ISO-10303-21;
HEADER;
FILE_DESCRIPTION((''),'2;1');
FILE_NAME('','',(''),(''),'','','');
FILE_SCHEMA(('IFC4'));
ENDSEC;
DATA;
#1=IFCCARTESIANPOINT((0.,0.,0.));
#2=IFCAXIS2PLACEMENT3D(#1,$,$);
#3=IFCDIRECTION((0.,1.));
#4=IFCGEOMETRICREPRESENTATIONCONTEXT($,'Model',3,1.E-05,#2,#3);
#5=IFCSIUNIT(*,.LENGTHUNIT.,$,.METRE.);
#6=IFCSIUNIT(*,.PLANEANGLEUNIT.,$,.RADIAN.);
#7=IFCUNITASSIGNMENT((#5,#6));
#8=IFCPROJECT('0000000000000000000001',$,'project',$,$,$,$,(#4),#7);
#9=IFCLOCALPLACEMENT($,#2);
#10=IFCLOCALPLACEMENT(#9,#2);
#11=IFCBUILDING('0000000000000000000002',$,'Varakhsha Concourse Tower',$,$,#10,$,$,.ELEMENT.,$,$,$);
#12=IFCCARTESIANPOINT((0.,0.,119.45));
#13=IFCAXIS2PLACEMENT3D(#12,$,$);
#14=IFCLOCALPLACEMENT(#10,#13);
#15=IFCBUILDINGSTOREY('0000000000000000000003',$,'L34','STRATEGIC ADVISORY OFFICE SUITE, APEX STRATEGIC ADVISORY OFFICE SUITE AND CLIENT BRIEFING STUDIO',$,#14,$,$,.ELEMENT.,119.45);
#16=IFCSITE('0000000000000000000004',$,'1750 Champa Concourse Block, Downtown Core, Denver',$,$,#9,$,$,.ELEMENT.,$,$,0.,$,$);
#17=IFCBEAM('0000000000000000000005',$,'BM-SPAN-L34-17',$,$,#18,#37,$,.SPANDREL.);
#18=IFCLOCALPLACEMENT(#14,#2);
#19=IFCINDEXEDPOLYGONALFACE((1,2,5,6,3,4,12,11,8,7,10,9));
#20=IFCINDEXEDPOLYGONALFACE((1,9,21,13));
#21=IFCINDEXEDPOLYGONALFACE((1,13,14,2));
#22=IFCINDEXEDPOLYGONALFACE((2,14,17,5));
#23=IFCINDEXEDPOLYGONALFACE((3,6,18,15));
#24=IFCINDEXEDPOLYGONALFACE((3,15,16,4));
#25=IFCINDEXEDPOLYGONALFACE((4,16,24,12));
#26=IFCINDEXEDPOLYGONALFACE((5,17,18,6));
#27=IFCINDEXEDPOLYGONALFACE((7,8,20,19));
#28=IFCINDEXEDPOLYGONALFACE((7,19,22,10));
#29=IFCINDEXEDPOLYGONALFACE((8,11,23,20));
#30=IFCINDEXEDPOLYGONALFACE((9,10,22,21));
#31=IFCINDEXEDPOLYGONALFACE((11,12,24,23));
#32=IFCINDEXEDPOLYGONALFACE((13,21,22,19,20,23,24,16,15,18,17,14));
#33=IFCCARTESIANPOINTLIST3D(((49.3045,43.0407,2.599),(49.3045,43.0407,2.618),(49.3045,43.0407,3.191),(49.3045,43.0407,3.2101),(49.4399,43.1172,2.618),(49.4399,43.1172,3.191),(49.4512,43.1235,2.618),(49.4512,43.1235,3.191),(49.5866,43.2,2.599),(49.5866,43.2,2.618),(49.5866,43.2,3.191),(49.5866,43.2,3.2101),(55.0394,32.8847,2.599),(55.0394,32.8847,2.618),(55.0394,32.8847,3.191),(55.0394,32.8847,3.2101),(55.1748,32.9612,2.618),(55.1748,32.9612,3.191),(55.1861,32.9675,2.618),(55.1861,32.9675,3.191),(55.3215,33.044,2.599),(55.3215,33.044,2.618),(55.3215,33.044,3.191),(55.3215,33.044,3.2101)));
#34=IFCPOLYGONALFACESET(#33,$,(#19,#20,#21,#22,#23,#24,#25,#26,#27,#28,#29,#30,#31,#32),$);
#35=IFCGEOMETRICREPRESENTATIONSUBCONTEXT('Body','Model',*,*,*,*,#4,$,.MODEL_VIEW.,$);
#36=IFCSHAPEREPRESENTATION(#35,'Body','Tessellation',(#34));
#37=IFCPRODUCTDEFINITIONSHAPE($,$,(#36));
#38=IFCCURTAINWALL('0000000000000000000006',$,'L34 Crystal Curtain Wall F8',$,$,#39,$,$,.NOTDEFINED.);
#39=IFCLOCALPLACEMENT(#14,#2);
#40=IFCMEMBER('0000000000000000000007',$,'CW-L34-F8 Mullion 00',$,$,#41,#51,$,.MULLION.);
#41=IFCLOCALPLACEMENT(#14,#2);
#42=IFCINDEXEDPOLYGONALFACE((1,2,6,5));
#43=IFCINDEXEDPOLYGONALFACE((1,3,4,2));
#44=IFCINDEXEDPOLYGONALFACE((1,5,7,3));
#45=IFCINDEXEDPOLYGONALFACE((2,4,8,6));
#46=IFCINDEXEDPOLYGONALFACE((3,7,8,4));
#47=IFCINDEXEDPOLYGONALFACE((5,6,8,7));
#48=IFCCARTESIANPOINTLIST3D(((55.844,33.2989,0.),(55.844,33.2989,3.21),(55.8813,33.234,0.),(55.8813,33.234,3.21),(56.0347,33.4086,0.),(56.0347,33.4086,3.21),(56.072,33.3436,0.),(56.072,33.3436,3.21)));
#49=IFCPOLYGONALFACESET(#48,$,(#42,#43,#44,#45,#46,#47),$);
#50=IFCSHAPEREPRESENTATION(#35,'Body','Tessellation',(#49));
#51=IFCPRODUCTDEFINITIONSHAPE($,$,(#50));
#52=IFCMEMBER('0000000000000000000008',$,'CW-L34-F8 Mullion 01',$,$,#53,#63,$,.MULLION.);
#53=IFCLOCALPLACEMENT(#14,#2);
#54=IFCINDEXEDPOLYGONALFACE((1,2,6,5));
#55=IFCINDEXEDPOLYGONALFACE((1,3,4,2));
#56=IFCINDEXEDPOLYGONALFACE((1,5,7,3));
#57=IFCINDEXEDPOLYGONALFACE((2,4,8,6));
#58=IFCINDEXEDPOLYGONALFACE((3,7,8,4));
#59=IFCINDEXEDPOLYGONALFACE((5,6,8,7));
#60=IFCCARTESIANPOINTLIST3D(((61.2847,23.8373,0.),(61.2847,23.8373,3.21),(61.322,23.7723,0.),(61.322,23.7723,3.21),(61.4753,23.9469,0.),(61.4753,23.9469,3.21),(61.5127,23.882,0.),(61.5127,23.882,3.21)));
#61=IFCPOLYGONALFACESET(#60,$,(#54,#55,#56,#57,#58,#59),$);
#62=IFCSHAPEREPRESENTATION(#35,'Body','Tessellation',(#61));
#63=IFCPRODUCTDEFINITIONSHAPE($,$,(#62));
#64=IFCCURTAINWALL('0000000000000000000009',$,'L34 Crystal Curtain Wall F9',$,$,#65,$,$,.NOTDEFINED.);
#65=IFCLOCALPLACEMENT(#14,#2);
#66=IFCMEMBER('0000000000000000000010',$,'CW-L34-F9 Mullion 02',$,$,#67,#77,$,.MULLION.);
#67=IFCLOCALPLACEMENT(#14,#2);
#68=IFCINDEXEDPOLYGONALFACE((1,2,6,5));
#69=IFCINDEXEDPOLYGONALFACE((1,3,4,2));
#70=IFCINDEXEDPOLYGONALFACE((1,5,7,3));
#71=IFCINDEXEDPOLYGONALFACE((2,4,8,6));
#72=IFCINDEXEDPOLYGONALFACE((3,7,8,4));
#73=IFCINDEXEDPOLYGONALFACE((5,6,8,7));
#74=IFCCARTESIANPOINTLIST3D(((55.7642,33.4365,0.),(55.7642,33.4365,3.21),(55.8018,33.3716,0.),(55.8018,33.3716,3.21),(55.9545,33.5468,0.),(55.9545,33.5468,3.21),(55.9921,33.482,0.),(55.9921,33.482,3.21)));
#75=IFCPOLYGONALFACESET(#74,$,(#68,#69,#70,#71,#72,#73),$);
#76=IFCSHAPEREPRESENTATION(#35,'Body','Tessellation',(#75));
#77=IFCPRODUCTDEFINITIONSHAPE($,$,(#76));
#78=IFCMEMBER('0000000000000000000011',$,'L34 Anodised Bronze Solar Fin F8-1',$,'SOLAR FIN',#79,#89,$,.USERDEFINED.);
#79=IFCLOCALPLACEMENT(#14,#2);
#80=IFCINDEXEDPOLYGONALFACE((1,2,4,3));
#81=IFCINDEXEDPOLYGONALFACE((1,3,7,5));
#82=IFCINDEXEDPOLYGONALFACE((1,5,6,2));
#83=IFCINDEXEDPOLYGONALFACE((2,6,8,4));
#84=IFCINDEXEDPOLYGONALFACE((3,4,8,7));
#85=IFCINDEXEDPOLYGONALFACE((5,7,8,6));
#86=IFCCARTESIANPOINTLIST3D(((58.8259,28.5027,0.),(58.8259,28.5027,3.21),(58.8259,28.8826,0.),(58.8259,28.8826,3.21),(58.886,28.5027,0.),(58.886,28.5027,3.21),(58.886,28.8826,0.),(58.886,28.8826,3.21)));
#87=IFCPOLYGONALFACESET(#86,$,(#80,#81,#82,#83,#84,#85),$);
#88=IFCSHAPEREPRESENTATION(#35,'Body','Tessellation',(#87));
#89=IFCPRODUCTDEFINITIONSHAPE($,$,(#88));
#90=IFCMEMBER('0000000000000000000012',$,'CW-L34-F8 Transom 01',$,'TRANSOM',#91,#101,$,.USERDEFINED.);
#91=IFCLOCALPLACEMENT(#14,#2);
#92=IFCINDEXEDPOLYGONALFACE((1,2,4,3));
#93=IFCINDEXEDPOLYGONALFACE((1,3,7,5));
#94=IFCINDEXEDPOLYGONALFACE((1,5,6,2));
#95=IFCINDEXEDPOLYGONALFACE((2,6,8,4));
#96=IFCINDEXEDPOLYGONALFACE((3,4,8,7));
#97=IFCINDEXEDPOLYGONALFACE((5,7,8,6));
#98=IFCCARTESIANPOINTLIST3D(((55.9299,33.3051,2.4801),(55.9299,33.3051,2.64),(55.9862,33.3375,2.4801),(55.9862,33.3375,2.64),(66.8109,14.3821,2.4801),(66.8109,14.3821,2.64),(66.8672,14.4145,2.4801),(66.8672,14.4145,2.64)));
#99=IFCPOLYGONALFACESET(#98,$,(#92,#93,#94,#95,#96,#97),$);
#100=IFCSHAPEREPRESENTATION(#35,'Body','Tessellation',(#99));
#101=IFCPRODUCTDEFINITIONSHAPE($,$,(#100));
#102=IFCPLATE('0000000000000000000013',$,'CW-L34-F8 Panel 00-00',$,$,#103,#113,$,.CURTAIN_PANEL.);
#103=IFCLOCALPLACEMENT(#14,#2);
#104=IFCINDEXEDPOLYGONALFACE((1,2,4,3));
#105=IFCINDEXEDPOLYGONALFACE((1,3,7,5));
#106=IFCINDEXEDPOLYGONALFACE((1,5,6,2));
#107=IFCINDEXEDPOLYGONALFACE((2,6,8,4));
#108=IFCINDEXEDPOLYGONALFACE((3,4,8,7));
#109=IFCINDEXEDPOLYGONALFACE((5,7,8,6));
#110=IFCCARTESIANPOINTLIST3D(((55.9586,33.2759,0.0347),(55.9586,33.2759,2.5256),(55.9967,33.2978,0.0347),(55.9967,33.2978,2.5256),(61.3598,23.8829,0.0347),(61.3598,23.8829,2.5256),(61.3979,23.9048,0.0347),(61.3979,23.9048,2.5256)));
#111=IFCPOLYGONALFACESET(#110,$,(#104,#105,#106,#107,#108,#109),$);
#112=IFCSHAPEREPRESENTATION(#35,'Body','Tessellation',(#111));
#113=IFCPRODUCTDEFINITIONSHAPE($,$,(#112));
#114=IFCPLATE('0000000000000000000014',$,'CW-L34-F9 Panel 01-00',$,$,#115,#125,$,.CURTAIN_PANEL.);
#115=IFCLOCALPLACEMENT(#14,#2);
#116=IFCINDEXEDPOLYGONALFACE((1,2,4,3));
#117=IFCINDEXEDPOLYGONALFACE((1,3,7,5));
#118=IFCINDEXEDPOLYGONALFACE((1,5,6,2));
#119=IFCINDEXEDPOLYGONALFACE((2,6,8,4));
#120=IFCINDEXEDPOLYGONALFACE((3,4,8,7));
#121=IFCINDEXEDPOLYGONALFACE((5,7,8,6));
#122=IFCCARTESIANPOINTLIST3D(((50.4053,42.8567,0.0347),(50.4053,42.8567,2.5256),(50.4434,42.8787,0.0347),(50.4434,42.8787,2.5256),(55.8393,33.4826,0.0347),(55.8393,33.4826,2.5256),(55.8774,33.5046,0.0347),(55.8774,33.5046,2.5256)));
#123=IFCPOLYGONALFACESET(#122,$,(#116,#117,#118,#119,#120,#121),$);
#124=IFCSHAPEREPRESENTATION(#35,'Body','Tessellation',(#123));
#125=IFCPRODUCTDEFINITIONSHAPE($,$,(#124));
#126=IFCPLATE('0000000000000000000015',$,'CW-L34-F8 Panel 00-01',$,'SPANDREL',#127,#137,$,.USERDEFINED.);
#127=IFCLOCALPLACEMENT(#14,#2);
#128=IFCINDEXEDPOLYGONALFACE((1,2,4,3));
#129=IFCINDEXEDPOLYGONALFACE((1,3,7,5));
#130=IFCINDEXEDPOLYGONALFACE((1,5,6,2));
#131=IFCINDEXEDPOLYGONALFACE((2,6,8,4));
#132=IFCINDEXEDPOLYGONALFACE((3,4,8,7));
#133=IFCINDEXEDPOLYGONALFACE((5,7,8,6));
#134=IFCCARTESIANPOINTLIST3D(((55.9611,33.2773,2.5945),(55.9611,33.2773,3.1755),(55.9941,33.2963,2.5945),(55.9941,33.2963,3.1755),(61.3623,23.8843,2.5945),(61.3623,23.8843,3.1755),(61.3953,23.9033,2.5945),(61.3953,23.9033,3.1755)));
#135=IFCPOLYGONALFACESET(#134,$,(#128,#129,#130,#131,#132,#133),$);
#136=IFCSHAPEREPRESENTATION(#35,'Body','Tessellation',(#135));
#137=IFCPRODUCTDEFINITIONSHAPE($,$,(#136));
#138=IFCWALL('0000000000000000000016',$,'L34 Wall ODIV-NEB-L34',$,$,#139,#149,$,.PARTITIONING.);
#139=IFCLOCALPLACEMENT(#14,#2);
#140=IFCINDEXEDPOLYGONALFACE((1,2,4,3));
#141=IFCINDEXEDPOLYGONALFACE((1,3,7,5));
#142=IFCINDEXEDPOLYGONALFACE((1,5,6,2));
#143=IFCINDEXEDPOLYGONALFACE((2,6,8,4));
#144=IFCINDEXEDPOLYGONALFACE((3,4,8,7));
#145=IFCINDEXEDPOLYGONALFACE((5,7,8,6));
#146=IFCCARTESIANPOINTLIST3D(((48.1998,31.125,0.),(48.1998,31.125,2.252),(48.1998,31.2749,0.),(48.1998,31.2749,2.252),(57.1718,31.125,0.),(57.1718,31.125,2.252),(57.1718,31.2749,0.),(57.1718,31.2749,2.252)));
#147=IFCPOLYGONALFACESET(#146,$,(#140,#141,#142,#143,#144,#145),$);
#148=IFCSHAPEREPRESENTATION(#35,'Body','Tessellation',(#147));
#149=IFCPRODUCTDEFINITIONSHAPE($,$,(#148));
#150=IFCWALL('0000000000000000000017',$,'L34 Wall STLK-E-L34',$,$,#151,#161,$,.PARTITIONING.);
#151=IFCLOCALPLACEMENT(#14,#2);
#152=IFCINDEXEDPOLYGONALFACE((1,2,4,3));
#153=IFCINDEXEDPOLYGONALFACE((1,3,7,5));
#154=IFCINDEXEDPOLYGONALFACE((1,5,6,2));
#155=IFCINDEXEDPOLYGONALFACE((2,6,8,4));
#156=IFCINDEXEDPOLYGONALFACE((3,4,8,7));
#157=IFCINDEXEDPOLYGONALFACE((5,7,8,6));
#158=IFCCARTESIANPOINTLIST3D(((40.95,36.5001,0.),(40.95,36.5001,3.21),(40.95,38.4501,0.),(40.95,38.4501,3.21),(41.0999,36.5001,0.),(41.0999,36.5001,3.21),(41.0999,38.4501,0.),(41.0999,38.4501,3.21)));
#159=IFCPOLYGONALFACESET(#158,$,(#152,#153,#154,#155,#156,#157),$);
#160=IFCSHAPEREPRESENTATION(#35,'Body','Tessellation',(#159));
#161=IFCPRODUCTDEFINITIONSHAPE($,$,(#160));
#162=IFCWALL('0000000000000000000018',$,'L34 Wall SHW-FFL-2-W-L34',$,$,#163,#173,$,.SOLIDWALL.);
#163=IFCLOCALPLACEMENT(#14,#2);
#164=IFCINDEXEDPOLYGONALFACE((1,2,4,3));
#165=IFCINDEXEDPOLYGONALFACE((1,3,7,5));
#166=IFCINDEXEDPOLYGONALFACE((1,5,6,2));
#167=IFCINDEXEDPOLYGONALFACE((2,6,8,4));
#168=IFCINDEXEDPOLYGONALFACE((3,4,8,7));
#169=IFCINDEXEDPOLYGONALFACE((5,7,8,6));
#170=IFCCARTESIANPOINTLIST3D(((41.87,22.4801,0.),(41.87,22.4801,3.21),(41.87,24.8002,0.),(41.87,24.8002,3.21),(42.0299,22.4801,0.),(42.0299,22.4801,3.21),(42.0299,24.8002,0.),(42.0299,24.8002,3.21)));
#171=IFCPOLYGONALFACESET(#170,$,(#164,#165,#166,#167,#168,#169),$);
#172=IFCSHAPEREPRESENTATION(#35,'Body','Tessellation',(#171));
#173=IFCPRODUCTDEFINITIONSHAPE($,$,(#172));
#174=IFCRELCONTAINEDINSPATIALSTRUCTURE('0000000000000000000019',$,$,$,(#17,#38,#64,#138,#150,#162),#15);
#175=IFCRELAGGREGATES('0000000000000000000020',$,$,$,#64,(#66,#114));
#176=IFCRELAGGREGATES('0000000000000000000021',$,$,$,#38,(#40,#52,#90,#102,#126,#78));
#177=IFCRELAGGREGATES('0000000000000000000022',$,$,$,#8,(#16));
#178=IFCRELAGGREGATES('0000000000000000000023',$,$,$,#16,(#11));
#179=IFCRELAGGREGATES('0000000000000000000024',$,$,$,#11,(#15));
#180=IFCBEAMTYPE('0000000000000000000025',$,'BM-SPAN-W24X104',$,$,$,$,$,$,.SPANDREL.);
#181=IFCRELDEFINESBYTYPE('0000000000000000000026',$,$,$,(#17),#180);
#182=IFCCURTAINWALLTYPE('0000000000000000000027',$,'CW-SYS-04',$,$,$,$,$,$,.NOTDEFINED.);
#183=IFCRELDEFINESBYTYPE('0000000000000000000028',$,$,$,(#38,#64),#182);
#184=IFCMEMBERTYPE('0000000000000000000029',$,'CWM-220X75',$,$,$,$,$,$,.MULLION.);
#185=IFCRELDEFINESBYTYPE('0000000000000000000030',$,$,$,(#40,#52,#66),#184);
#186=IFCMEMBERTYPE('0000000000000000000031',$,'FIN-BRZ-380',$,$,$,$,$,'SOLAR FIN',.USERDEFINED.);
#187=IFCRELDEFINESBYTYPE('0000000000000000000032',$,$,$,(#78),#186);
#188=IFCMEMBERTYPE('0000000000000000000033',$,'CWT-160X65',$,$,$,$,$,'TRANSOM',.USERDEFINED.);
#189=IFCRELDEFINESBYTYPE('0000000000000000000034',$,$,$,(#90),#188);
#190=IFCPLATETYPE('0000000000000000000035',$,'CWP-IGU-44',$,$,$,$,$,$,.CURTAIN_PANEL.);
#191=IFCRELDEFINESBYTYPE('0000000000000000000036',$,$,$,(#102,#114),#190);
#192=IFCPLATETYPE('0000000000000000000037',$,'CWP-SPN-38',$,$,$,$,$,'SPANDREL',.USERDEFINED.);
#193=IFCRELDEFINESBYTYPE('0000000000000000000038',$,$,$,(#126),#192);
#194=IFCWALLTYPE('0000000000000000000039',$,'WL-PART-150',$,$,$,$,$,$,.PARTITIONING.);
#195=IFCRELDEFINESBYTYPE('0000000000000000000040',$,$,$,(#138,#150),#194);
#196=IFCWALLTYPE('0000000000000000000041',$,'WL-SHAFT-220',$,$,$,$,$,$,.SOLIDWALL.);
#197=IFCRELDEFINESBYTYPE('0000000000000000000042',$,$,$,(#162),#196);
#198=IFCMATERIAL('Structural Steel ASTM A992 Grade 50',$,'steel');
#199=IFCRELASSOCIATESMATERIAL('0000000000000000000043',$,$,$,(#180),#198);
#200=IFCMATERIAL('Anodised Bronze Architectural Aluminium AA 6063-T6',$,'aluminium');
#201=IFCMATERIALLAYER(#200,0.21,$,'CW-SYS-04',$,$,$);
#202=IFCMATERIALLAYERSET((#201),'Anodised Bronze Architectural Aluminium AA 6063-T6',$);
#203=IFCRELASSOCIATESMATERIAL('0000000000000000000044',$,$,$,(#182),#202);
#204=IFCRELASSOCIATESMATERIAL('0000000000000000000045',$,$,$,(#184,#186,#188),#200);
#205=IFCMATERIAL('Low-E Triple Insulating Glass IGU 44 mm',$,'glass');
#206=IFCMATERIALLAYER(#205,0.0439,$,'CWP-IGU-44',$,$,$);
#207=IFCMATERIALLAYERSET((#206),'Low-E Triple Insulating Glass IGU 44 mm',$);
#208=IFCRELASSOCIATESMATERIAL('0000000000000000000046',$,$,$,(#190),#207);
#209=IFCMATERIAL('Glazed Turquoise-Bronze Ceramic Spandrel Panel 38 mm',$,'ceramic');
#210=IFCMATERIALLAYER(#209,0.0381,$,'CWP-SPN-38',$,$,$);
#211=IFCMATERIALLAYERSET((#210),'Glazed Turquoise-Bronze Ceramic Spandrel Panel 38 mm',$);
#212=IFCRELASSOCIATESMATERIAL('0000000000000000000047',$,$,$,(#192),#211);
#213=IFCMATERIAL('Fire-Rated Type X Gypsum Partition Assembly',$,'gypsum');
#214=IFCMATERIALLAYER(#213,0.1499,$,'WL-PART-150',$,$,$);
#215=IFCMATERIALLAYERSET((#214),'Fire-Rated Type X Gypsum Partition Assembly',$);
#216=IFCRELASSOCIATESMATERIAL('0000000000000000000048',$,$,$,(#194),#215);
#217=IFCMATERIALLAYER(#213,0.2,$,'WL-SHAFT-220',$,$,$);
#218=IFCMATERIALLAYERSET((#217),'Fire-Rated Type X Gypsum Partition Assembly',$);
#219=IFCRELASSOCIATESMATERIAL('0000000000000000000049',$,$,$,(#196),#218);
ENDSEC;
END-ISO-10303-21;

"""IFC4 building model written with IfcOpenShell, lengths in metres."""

from ifc_helpers import new_model, si_unit, direction, frame, frame_2d, origin, origin_2d, place, context, subcontext, project, spatial, rectangle, i_section, extrude, source, transform, mapped, material, layer, layer_set, material_profile, profile_set, type_object, type_shapes, element, aggregate, save


model = new_model("IFC4")

# Units and contexts
model_context = context("Model", 3, precision=1e-05, world=origin(), true_north=direction((0.0, 1.0)))
body_context = subcontext(model_context, "Body", "Model", "MODEL_VIEW")
ifc_project = project(units=[si_unit("LENGTHUNIT", "METRE"), si_unit("PLANEANGLEUNIT", "RADIAN")], contexts=[model_context])

# Site, building, storey
site_placement = place(None, origin())
site = spatial("IfcSite", under=ifc_project, at=site_placement, Name="1750 Champa Concourse Block, Downtown Core, Denver", CompositionType="ELEMENT", RefElevation=0.0)
building_placement = place(site_placement, origin())
building = spatial("IfcBuilding", under=site, at=building_placement, Name="Varakhsha Concourse Tower", CompositionType="ELEMENT")
storey_placement = place(building_placement, frame((0.0, 0.0, 119.45)))
storey = spatial("IfcBuildingStorey", under=building, at=storey_placement, Name="L34", Description="STRATEGIC ADVISORY OFFICE SUITE, APEX STRATEGIC ADVISORY OFFICE SUITE AND CLIENT BRIEFING STUDIO", CompositionType="ELEMENT", Elevation=119.45)

# Shared definitions
ifc_material_1 = material(Name="Structural Steel ASTM A992 Grade 50", Category="steel")

# Beam
ifc_material_profile_1 = material_profile(ifc_material_1, i_section(OverallWidth=0.324, OverallDepth=0.6111, WebThickness=0.0129, FlangeThickness=0.019, at=origin_2d()), Name="W24X104")
ifc_profile_set_1 = profile_set([ifc_material_profile_1], Name="Structural Steel ASTM A992 Grade 50")
beam_type_1 = type_object("IfcBeamType", Name="BM-SPAN-W24X104", PredefinedType="SPANDREL", material=ifc_profile_set_1)
for number, where, z_axis, x_axis, name in (
    (1, (55.1804, 32.9644, 2.9045), (-0.491701, 0.870764, 0.0), (-0.870764, -0.491701, 0.0), "BM-SPAN-L34-17"),
):
    element("IfcBeam", number, at=place(storey_placement, frame(where, z_axis=z_axis, x_axis=x_axis)), inside=storey, type_object=beam_type_1, Name=name, PredefinedType="SPANDREL", context=body_context, shape_type="SweptSolid", body=[
        extrude(i_section(OverallWidth=0.324, OverallDepth=0.6111, WebThickness=0.0129, FlangeThickness=0.019, at=origin_2d()), origin(), (0.0, 0.0, 1.0), 11.6633),
    ])

# Curtain wall, members
ifc_material_2 = material(Name="Anodised Bronze Architectural Aluminium AA 6063-T6", Category="aluminium")
ifc_layer_1 = layer(ifc_material_2, 0.21, Name="CW-SYS-04")
ifc_layer_set_1 = layer_set([ifc_layer_1], Name="Anodised Bronze Architectural Aluminium AA 6063-T6")
curtain_wall_type = type_object("IfcCurtainWallType", Name="CW-SYS-04", PredefinedType="NOTDEFINED", material=ifc_layer_set_1)
curtain_wall_1_placement = place(storey_placement, origin())
curtain_wall_1 = element("IfcCurtainWall", 2, at=curtain_wall_1_placement, inside=storey, type_object=curtain_wall_type, Name="L34 Crystal Curtain Wall F8", PredefinedType="NOTDEFINED")
ifc_material_profile_2 = material_profile(ifc_material_2, rectangle(XDim=0.075, YDim=0.22, at=origin_2d()), Name="CWM-220X75")
ifc_profile_set_2 = profile_set([ifc_material_profile_2], Name="Anodised Bronze Architectural Aluminium AA 6063-T6")
member_type_1 = type_object("IfcMemberType", Name="CWM-220X75", PredefinedType="MULLION", material=ifc_profile_set_2)
shared_shape_1 = source(origin(), body_context, "Body", "SweptSolid", [
    extrude(rectangle(XDim=0.075, YDim=0.22, at=origin_2d()), origin(), (0.0, 0.0, 1.0), 3.21),
])
type_shapes(member_type_1, [shared_shape_1])
member_1_placement = place(storey_placement, frame((55.958, 33.3213, 0.0), z_axis=(0.0, 0.0, 1.0), x_axis=(0.498489, -0.866896, 0.0)))
member_1 = element("IfcMember", 3, at=member_1_placement, type_object=member_type_1, Name="CW-L34-F8 Mullion 00", PredefinedType="MULLION", context=body_context, shape_type="MappedRepresentation", body=[
    mapped(shared_shape_1, transform((0.0, 0.0, 0.0), scale=1.0)),
])
member_2_placement = place(storey_placement, frame((61.3987, 23.8596, 0.0), z_axis=(0.0, 0.0, 1.0), x_axis=(0.498489, -0.866896, 0.0)))
member_2 = element("IfcMember", 4, at=member_2_placement, type_object=member_type_1, Name="CW-L34-F8 Mullion 01", PredefinedType="MULLION", context=body_context, shape_type="MappedRepresentation", body=[
    mapped(shared_shape_1, transform((0.0, 0.0, 0.0), scale=1.0)),
])

# Curtain wall, member
curtain_wall_2_placement = place(storey_placement, origin())
curtain_wall_2 = element("IfcCurtainWall", 5, at=curtain_wall_2_placement, inside=storey, type_object=curtain_wall_type, Name="L34 Crystal Curtain Wall F9", PredefinedType="NOTDEFINED")
member_3_placement = place(storey_placement, frame((55.8782, 33.4592, 0.0), z_axis=(0.0, 0.0, 1.0), x_axis=(0.501514, -0.86515, 0.0)))
member_3 = element("IfcMember", 6, at=member_3_placement, type_object=member_type_1, Name="CW-L34-F9 Mullion 02", PredefinedType="MULLION", context=body_context, shape_type="MappedRepresentation", body=[
    mapped(shared_shape_1, transform((0.0, 0.0, 0.0), scale=1.0)),
])

# Members
ifc_material_profile_3 = material_profile(ifc_material_2, rectangle(XDim=0.0601, YDim=0.3799, at=origin_2d()), Name="FIN-BRZ-380")
ifc_profile_set_3 = profile_set([ifc_material_profile_3], Name="Anodised Bronze Architectural Aluminium AA 6063-T6")
member_type_2 = type_object("IfcMemberType", Name="FIN-BRZ-380", ElementType="SOLAR FIN", PredefinedType="USERDEFINED", material=ifc_profile_set_3)
shared_shape_2 = source(origin(), body_context, "Body", "SweptSolid", [
    extrude(rectangle(XDim=0.0601, YDim=0.3799, at=origin_2d()), origin(), (0.0, 0.0, 1.0), 3.21),
])
type_shapes(member_type_2, [shared_shape_2])
member_4_placement = place(storey_placement, frame((58.856, 28.6926, 0.0), z_axis=(0.0, 0.0, 1.0), x_axis=(1.0, 0.0, 0.0)))
member_4 = element("IfcMember", 7, at=member_4_placement, type_object=member_type_2, Name="L34 Anodised Bronze Solar Fin F8-1", ObjectType="SOLAR FIN", PredefinedType="USERDEFINED", context=body_context, shape_type="MappedRepresentation", body=[
    mapped(shared_shape_2, transform((0.0, 0.0, 0.0), scale=1.0)),
])
ifc_material_profile_4 = material_profile(ifc_material_2, rectangle(XDim=0.0649, YDim=0.1599, at=origin_2d()), Name="CWT-160X65")
ifc_profile_set_4 = profile_set([ifc_material_profile_4], Name="Anodised Bronze Architectural Aluminium AA 6063-T6")
member_type_3 = type_object("IfcMemberType", Name="CWT-160X65", ElementType="TRANSOM", PredefinedType="USERDEFINED", material=ifc_profile_set_4)
shared_shape_3 = source(origin(), body_context, "Body", "SweptSolid", [
    extrude(rectangle(XDim=0.0649, YDim=0.1599, at=origin_2d()), origin(), (0.0, 0.0, 1.0), 21.8284),
])
type_shapes(member_type_3, [shared_shape_3])
member_5_placement = place(storey_placement, frame((55.958, 33.3213, 2.5601), z_axis=(0.498482, -0.8669, 0.0), x_axis=(0.8669, 0.498482, 0.0)))
member_5 = element("IfcMember", 8, at=member_5_placement, type_object=member_type_3, Name="CW-L34-F8 Transom 01", ObjectType="TRANSOM", PredefinedType="USERDEFINED", context=body_context, shape_type="MappedRepresentation", body=[
    mapped(shared_shape_3, transform((0.0, 0.0, 0.0), scale=1.0)),
])

# Plates
ifc_material_3 = material(Name="Low-E Triple Insulating Glass IGU 44 mm", Category="glass")
ifc_layer_2 = layer(ifc_material_3, 0.0439, Name="CWP-IGU-44")
ifc_layer_set_2 = layer_set([ifc_layer_2], Name="Low-E Triple Insulating Glass IGU 44 mm")
plate_type_1 = type_object("IfcPlateType", Name="CWP-IGU-44", PredefinedType="CURTAIN_PANEL", material=ifc_layer_set_2)
shared_shape_4 = source(origin(), body_context, "Body", "SweptSolid", [
    extrude(rectangle(XDim=10.8352, YDim=0.0439, at=origin_2d()), origin(), (0.0, 0.0, 1.0), 2.491),
])
type_shapes(plate_type_1, [shared_shape_4])
plate_1_placement = place(storey_placement, frame((58.6782, 28.5903, 0.0347), z_axis=(0.0, 0.0, 1.0), x_axis=(0.498489, -0.866896, 0.0)))
plate_1 = element("IfcPlate", 9, at=plate_1_placement, type_object=plate_type_1, Name="CW-L34-F8 Panel 00-00", PredefinedType="CURTAIN_PANEL", context=body_context, shape_type="MappedRepresentation", body=[
    mapped(shared_shape_4, transform((0.0, 0.0, 0.0), scale=1.0)),
])
plate_2_placement = place(storey_placement, frame((53.1414, 38.1807, 0.0347), z_axis=(0.0, 0.0, 1.0), x_axis=(0.501514, -0.86515, 0.0)))
plate_2 = element("IfcPlate", 10, at=plate_2_placement, type_object=plate_type_1, Name="CW-L34-F9 Panel 01-00", PredefinedType="CURTAIN_PANEL", context=body_context, shape_type="MappedRepresentation", body=[
    mapped(shared_shape_4, transform((0.0, 0.0, 0.0), scale=1.0)),
])
aggregate(curtain_wall_2, [member_3, plate_2])
ifc_material_4 = material(Name="Glazed Turquoise-Bronze Ceramic Spandrel Panel 38 mm", Category="ceramic")
ifc_layer_3 = layer(ifc_material_4, 0.0381, Name="CWP-SPN-38")
ifc_layer_set_3 = layer_set([ifc_layer_3], Name="Glazed Turquoise-Bronze Ceramic Spandrel Panel 38 mm")
plate_type_2 = type_object("IfcPlateType", Name="CWP-SPN-38", ElementType="SPANDREL", PredefinedType="USERDEFINED", material=ifc_layer_set_3)
shared_shape_5 = source(origin(), body_context, "Body", "SweptSolid", [
    extrude(rectangle(XDim=10.8352, YDim=0.0381, at=origin_2d()), origin(), (0.0, 0.0, 1.0), 0.5811),
])
type_shapes(plate_type_2, [shared_shape_5])
plate_3_placement = place(storey_placement, frame((58.6782, 28.5903, 2.5945), z_axis=(0.0, 0.0, 1.0), x_axis=(0.498489, -0.866896, 0.0)))
plate_3 = element("IfcPlate", 11, at=plate_3_placement, type_object=plate_type_2, Name="CW-L34-F8 Panel 00-01", ObjectType="SPANDREL", PredefinedType="USERDEFINED", context=body_context, shape_type="MappedRepresentation", body=[
    mapped(shared_shape_5, transform((0.0, 0.0, 0.0), scale=1.0)),
])
aggregate(curtain_wall_1, [member_1, member_2, member_5, plate_1, plate_3, member_4])

# Walls
ifc_material_5 = material(Name="Fire-Rated Type X Gypsum Partition Assembly", Category="gypsum")
ifc_layer_4 = layer(ifc_material_5, 0.1499, Name="WL-PART-150")
ifc_layer_set_4 = layer_set([ifc_layer_4], Name="Fire-Rated Type X Gypsum Partition Assembly")
wall_type_1 = type_object("IfcWallType", Name="WL-PART-150", PredefinedType="PARTITIONING", material=ifc_layer_set_4)
wall_1_placement = place(storey_placement, frame((48.2, 31.2, 0.0), z_axis=(0.0, 0.0, 1.0), x_axis=(1.0, 0.0, 0.0)))
element("IfcWall", 12, at=wall_1_placement, inside=storey, type_object=wall_type_1, Name="L34 Wall ODIV-NEB-L34", PredefinedType="PARTITIONING", context=body_context, shape_type="SweptSolid", body=[
    extrude(rectangle(XDim=8.9719, YDim=0.1499, at=frame_2d((4.4858, 0.0))), origin(), (0.0, 0.0, 1.0), 2.252),
])
wall_2_placement = place(storey_placement, frame((41.0249, 36.5, 0.0), z_axis=(0.0, 0.0, 1.0), x_axis=(0.0, 1.0, 0.0)))
element("IfcWall", 13, at=wall_2_placement, inside=storey, type_object=wall_type_1, Name="L34 Wall STLK-E-L34", PredefinedType="PARTITIONING", context=body_context, shape_type="SweptSolid", body=[
    extrude(rectangle(XDim=1.95, YDim=0.1499, at=frame_2d((0.9751, 0.0))), origin(), (0.0, 0.0, 1.0), 3.21),
])
ifc_layer_5 = layer(ifc_material_5, 0.2, Name="WL-SHAFT-220")
ifc_layer_set_5 = layer_set([ifc_layer_5], Name="Fire-Rated Type X Gypsum Partition Assembly")
wall_type_2 = type_object("IfcWallType", Name="WL-SHAFT-220", PredefinedType="SOLIDWALL", material=ifc_layer_set_5)
for number, where, z_axis, x_axis, name in (
    (14, (41.95, 22.48, 0.0), (0.0, 0.0, 1.0), (0.0, 1.0, 0.0), "L34 Wall SHW-FFL-2-W-L34"),
):
    element("IfcWall", number, at=place(storey_placement, frame(where, z_axis=z_axis, x_axis=x_axis)), inside=storey, type_object=wall_type_2, Name=name, PredefinedType="SOLIDWALL", context=body_context, shape_type="SweptSolid", body=[
        extrude(rectangle(XDim=2.3201, YDim=0.1599, at=frame_2d((1.1602, 0.0))), origin(), (0.0, 0.0, 1.0), 3.21),
    ])

save(model, "model.ifc")
